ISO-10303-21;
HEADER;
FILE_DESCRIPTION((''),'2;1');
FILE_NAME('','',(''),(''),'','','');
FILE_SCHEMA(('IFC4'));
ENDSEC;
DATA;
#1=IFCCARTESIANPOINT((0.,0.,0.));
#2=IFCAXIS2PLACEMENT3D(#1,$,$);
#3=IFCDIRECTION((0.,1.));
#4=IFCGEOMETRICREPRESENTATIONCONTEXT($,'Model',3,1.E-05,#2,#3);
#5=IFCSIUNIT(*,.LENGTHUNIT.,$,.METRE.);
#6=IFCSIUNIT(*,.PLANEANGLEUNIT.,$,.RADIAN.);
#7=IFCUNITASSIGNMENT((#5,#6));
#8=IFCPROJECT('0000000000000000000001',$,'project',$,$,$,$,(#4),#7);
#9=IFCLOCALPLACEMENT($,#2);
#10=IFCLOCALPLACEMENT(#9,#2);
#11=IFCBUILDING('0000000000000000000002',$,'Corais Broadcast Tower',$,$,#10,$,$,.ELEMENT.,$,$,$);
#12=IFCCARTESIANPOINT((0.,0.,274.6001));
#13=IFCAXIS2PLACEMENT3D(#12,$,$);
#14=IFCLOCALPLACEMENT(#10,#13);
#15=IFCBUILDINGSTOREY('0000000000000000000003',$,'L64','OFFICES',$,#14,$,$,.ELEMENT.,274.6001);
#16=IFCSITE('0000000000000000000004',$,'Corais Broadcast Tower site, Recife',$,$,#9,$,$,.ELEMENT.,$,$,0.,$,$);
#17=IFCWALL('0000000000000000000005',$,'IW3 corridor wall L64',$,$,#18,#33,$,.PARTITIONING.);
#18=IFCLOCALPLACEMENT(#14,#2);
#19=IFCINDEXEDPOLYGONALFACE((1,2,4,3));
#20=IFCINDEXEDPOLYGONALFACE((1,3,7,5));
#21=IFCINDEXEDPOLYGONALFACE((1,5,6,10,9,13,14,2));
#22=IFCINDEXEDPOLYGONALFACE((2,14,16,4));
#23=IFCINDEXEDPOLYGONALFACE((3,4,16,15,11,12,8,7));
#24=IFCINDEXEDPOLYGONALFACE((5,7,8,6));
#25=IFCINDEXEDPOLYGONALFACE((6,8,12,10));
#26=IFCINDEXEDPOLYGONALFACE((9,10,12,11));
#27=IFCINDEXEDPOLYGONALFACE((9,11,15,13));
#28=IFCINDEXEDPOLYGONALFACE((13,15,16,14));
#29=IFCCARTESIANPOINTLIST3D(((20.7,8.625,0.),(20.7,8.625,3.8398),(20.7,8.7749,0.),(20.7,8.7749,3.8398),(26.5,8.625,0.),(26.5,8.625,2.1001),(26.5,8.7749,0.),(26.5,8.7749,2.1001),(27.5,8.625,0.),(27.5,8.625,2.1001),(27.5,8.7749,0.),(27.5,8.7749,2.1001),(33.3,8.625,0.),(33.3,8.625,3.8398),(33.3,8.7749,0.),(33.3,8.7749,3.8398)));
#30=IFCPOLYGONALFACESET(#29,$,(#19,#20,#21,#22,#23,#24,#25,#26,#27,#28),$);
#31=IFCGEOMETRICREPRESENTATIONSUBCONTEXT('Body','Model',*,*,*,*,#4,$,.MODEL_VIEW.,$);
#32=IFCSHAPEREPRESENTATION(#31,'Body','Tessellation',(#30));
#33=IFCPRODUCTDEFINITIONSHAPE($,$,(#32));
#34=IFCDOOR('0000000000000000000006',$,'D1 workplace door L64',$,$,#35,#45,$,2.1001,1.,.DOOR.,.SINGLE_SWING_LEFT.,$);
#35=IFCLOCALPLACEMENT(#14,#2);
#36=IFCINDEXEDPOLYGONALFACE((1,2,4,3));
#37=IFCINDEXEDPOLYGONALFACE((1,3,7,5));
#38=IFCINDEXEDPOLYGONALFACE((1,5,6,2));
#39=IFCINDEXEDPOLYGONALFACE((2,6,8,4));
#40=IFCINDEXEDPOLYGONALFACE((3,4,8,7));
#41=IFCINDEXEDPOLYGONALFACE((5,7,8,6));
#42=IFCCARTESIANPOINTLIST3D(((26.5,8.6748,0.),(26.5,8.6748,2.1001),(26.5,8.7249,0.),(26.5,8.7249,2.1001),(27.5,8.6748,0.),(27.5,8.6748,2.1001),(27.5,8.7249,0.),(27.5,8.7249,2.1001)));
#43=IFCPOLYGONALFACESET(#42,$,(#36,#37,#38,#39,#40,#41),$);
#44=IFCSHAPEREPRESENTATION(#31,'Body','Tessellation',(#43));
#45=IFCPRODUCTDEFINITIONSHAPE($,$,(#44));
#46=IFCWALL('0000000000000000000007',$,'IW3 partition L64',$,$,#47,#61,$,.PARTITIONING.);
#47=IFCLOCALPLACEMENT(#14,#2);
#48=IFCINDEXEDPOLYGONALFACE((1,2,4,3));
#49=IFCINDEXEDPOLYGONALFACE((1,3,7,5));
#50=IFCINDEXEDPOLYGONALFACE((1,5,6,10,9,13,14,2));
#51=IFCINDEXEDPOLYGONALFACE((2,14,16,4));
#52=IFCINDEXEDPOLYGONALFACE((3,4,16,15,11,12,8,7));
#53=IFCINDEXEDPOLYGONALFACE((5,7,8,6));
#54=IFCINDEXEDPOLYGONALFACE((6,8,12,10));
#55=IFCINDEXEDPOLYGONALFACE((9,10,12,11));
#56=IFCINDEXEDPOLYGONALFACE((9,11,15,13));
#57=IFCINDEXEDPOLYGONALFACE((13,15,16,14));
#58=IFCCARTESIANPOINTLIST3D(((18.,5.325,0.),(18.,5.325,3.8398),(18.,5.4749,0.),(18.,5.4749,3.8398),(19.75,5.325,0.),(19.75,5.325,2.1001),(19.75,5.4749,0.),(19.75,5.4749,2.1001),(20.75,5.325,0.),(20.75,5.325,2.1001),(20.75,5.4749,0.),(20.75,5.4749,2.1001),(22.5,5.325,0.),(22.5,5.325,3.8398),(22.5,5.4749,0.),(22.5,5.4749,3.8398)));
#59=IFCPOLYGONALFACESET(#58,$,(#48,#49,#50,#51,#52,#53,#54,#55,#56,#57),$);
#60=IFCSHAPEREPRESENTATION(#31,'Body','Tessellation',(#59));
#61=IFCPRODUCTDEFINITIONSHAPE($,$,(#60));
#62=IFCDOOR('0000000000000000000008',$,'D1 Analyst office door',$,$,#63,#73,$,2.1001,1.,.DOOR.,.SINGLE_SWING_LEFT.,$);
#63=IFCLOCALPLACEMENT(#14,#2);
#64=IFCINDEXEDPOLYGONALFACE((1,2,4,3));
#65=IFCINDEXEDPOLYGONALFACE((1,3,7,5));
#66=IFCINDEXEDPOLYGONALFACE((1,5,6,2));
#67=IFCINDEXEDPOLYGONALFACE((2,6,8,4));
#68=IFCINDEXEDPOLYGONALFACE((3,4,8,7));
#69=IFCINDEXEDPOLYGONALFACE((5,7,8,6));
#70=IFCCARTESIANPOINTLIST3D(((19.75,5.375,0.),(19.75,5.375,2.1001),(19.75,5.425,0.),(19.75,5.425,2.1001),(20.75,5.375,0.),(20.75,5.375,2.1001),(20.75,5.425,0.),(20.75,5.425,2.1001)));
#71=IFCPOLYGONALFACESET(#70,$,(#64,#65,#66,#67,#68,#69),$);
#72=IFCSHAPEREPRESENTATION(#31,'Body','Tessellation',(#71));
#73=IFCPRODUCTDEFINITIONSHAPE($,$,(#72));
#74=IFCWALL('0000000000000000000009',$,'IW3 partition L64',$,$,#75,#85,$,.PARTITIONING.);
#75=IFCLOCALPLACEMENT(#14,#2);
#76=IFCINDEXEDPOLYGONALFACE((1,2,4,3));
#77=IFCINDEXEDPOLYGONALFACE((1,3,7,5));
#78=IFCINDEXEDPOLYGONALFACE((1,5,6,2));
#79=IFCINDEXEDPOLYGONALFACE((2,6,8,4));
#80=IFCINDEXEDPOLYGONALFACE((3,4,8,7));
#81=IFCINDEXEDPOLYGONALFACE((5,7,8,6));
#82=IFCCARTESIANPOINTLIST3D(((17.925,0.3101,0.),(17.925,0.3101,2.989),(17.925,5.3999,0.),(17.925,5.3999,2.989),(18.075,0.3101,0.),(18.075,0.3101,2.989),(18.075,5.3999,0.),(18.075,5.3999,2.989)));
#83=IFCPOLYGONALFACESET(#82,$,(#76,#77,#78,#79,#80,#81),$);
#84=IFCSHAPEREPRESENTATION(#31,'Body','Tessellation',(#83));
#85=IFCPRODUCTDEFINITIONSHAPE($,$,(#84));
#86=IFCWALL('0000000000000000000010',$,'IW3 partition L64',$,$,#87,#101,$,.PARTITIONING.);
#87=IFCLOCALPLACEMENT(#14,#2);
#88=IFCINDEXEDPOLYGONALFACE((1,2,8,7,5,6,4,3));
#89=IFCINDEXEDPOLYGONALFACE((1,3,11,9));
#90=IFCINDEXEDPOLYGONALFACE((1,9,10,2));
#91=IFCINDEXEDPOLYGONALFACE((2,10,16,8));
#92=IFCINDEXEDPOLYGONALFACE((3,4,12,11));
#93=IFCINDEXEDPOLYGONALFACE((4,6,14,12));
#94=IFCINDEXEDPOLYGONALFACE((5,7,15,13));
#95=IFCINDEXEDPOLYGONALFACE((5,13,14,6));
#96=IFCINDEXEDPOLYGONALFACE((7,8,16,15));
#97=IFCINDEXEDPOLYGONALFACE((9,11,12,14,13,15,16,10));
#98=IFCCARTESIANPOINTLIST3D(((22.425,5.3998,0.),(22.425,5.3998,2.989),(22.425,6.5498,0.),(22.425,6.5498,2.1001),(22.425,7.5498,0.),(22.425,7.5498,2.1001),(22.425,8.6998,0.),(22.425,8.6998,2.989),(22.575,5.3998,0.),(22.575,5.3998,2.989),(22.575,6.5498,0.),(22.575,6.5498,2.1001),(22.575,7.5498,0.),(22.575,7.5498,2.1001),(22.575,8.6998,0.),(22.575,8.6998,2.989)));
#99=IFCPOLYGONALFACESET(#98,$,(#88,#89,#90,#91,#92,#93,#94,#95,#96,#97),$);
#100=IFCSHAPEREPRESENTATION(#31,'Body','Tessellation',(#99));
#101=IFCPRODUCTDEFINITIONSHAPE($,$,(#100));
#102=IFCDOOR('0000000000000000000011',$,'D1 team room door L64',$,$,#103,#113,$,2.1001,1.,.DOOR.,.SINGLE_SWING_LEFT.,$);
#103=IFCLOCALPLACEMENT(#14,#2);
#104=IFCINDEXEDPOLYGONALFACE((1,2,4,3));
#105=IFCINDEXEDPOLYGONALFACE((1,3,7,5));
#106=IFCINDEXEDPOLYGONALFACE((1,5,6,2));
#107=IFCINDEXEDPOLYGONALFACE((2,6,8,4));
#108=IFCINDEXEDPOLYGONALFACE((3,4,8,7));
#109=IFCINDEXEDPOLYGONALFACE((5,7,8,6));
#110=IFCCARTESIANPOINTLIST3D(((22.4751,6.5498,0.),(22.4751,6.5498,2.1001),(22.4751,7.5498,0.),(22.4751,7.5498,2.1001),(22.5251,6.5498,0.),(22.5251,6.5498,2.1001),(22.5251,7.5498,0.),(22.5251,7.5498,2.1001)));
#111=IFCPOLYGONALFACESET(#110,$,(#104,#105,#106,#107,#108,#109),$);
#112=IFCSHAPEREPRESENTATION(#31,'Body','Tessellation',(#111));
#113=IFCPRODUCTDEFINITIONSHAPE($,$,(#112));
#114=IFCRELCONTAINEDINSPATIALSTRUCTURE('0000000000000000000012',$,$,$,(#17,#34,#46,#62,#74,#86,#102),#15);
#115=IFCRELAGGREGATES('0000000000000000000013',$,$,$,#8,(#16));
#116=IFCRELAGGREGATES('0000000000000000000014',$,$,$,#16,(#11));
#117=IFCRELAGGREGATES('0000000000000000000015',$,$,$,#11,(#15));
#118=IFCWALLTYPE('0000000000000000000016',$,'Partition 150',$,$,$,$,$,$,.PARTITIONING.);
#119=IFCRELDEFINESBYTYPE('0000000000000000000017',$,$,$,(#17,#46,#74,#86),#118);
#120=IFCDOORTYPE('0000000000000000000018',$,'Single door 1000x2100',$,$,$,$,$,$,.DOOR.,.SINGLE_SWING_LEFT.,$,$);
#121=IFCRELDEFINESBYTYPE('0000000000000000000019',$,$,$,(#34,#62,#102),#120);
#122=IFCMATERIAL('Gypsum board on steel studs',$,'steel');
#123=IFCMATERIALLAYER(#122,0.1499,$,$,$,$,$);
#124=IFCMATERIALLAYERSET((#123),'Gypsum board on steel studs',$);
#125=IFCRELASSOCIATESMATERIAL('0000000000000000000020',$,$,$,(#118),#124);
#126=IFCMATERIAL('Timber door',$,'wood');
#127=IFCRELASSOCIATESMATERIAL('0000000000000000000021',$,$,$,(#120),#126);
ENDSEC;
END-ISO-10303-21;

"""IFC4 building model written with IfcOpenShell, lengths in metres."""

from ifc_helpers import new_model, si_unit, direction, frame, frame_2d, origin, place, context, subcontext, project, spatial, rectangle, extrude, material, layer, layer_set, type_object, element, fill, save


model = new_model("IFC4")

# Units and contexts
model_context = context("Model", 3, precision=1e-05, world=origin(), true_north=direction((0.0, 1.0)))
body_context = subcontext(model_context, "Body", "Model", "MODEL_VIEW")
ifc_project = project(units=[si_unit("LENGTHUNIT", "METRE"), si_unit("PLANEANGLEUNIT", "RADIAN")], contexts=[model_context])

# Site, building, storey
site_placement = place(None, origin())
site = spatial("IfcSite", under=ifc_project, at=site_placement, Name="Corais Broadcast Tower site, Recife", CompositionType="ELEMENT", RefElevation=0.0)
building_placement = place(site_placement, origin())
building = spatial("IfcBuilding", under=site, at=building_placement, Name="Corais Broadcast Tower", CompositionType="ELEMENT")
storey_placement = place(building_placement, frame((0.0, 0.0, 274.6001)))
storey = spatial("IfcBuildingStorey", under=building, at=storey_placement, Name="L64", Description="OFFICES", CompositionType="ELEMENT", Elevation=274.6001)

# Walls, openings, doors
ifc_material_1 = material(Name="Gypsum board on steel studs", Category="steel")
ifc_layer_1 = layer(ifc_material_1, 0.1499)
ifc_layer_set_1 = layer_set([ifc_layer_1], Name="Gypsum board on steel studs")
wall_type = type_object("IfcWallType", Name="Partition 150", PredefinedType="PARTITIONING", material=ifc_layer_set_1)
wall_1_placement = place(storey_placement, frame((20.7, 8.7, 0.0), z_axis=(0.0, 0.0, 1.0), x_axis=(1.0, 0.0, 0.0)))
wall_1 = element("IfcWall", 1, at=wall_1_placement, inside=storey, type_object=wall_type, Name="IW3 corridor wall L64", PredefinedType="PARTITIONING", context=body_context, shape_type="SweptSolid", body=[
    extrude(rectangle(XDim=12.6001, YDim=0.1499, at=frame_2d((6.3, 0.0))), origin(), (0.0, 0.0, 1.0), 3.8398),
])
opening_1_placement = place(wall_1_placement, frame((5.8, 0.0, 0.0)))
opening_1 = element("IfcOpeningElement", 2, at=opening_1_placement, cuts=wall_1, PredefinedType="OPENING", context=body_context, shape_type="SweptSolid", body=[
    extrude(rectangle(XDim=1.0, YDim=2.1001, at=frame_2d((0.5, 1.05))), frame((0.0, 0.085, 0.0), z_axis=(0.0, -1.0, 0.0), x_axis=(1.0, 0.0, 0.0)), (0.0, 0.0, 1.0), 0.1699),
])
ifc_material_2 = material(Name="Timber door", Category="wood")
door_type = type_object("IfcDoorType", Name="Single door 1000x2100", OperationType="SINGLE_SWING_LEFT", PredefinedType="DOOR", material=ifc_material_2)
door_1_placement = place(opening_1_placement, origin())
door_1 = element("IfcDoor", 3, at=door_1_placement, inside=storey, type_object=door_type, Name="D1 workplace door L64", OperationType="SINGLE_SWING_LEFT", OverallHeight=2.1001, OverallWidth=1.0, PredefinedType="DOOR", context=body_context, shape_type="SweptSolid", body=[
    extrude(rectangle(XDim=1.0, YDim=2.1001, at=frame_2d((0.5, 1.05))), frame((0.0, 0.0249, 0.0), z_axis=(0.0, -1.0, 0.0), x_axis=(1.0, 0.0, 0.0)), (0.0, 0.0, 1.0), 0.05),
])
fill(opening_1, door_1)
wall_2_placement = place(storey_placement, frame((22.5, 5.3999, 0.0), z_axis=(0.0, 0.0, 1.0), x_axis=(-1.0, 0.0, 0.0)))
wall_2 = element("IfcWall", 4, at=wall_2_placement, inside=storey, type_object=wall_type, Name="IW3 partition L64", PredefinedType="PARTITIONING", context=body_context, shape_type="SweptSolid", body=[
    extrude(rectangle(XDim=4.5, YDim=0.1499, at=frame_2d((2.25, 0.0))), origin(), (0.0, 0.0, 1.0), 3.8398),
])
opening_2_placement = place(wall_2_placement, frame((1.75, 0.0, 0.0)))
opening_2 = element("IfcOpeningElement", 5, at=opening_2_placement, cuts=wall_2, PredefinedType="OPENING", context=body_context, shape_type="SweptSolid", body=[
    extrude(rectangle(XDim=1.0, YDim=2.1001, at=frame_2d((0.5, 1.05))), frame((0.0, 0.085, 0.0), z_axis=(0.0, -1.0, 0.0), x_axis=(1.0, 0.0, 0.0)), (0.0, 0.0, 1.0), 0.1699),
])
door_2_placement = place(opening_2_placement, origin())
door_2 = element("IfcDoor", 6, at=door_2_placement, inside=storey, type_object=door_type, Name="D1 Analyst office door", OperationType="SINGLE_SWING_LEFT", OverallHeight=2.1001, OverallWidth=1.0, PredefinedType="DOOR", context=body_context, shape_type="SweptSolid", body=[
    extrude(rectangle(XDim=1.0, YDim=2.1001, at=frame_2d((0.5, 1.05))), frame((0.0, 0.0249, 0.0), z_axis=(0.0, -1.0, 0.0), x_axis=(1.0, 0.0, 0.0)), (0.0, 0.0, 1.0), 0.05),
])
fill(opening_2, door_2)

# Wall
wall_3_placement = place(storey_placement, frame((18.0, 5.3999, 0.0), z_axis=(0.0, 0.0, 1.0), x_axis=(0.0, -1.0, 0.0)))
element("IfcWall", 7, at=wall_3_placement, inside=storey, type_object=wall_type, Name="IW3 partition L64", PredefinedType="PARTITIONING", context=body_context, shape_type="SweptSolid", body=[
    extrude(rectangle(XDim=5.0898, YDim=0.1499, at=frame_2d((2.5449, 0.0))), origin(), (0.0, 0.0, 1.0), 2.989),
])

# Wall, opening, door
wall_4_placement = place(storey_placement, frame((22.5, 5.3999, 0.0), z_axis=(0.0, 0.0, 1.0), x_axis=(0.0, 1.0, 0.0)))
wall_4 = element("IfcWall", 8, at=wall_4_placement, inside=storey, type_object=wall_type, Name="IW3 partition L64", PredefinedType="PARTITIONING", context=body_context, shape_type="SweptSolid", body=[
    extrude(rectangle(XDim=3.3, YDim=0.1499, at=frame_2d((1.6499, 0.0))), origin(), (0.0, 0.0, 1.0), 2.989),
])
opening_3_placement = place(wall_4_placement, frame((1.1499, 0.0, 0.0)))
opening_3 = element("IfcOpeningElement", 9, at=opening_3_placement, cuts=wall_4, PredefinedType="OPENING", context=body_context, shape_type="SweptSolid", body=[
    extrude(rectangle(XDim=1.0, YDim=2.1001, at=frame_2d((0.5, 1.05))), frame((0.0, 0.085, 0.0), z_axis=(0.0, -1.0, 0.0), x_axis=(1.0, 0.0, 0.0)), (0.0, 0.0, 1.0), 0.1699),
])
door_3_placement = place(opening_3_placement, origin())
door_3 = element("IfcDoor", 10, at=door_3_placement, inside=storey, type_object=door_type, Name="D1 team room door L64", OperationType="SINGLE_SWING_LEFT", OverallHeight=2.1001, OverallWidth=1.0, PredefinedType="DOOR", context=body_context, shape_type="SweptSolid", body=[
    extrude(rectangle(XDim=1.0, YDim=2.1001, at=frame_2d((0.5, 1.05))), frame((0.0, 0.0249, 0.0), z_axis=(0.0, -1.0, 0.0), x_axis=(1.0, 0.0, 0.0)), (0.0, 0.0, 1.0), 0.05),
])
fill(opening_3, door_3)

save(model, "model.ifc")
